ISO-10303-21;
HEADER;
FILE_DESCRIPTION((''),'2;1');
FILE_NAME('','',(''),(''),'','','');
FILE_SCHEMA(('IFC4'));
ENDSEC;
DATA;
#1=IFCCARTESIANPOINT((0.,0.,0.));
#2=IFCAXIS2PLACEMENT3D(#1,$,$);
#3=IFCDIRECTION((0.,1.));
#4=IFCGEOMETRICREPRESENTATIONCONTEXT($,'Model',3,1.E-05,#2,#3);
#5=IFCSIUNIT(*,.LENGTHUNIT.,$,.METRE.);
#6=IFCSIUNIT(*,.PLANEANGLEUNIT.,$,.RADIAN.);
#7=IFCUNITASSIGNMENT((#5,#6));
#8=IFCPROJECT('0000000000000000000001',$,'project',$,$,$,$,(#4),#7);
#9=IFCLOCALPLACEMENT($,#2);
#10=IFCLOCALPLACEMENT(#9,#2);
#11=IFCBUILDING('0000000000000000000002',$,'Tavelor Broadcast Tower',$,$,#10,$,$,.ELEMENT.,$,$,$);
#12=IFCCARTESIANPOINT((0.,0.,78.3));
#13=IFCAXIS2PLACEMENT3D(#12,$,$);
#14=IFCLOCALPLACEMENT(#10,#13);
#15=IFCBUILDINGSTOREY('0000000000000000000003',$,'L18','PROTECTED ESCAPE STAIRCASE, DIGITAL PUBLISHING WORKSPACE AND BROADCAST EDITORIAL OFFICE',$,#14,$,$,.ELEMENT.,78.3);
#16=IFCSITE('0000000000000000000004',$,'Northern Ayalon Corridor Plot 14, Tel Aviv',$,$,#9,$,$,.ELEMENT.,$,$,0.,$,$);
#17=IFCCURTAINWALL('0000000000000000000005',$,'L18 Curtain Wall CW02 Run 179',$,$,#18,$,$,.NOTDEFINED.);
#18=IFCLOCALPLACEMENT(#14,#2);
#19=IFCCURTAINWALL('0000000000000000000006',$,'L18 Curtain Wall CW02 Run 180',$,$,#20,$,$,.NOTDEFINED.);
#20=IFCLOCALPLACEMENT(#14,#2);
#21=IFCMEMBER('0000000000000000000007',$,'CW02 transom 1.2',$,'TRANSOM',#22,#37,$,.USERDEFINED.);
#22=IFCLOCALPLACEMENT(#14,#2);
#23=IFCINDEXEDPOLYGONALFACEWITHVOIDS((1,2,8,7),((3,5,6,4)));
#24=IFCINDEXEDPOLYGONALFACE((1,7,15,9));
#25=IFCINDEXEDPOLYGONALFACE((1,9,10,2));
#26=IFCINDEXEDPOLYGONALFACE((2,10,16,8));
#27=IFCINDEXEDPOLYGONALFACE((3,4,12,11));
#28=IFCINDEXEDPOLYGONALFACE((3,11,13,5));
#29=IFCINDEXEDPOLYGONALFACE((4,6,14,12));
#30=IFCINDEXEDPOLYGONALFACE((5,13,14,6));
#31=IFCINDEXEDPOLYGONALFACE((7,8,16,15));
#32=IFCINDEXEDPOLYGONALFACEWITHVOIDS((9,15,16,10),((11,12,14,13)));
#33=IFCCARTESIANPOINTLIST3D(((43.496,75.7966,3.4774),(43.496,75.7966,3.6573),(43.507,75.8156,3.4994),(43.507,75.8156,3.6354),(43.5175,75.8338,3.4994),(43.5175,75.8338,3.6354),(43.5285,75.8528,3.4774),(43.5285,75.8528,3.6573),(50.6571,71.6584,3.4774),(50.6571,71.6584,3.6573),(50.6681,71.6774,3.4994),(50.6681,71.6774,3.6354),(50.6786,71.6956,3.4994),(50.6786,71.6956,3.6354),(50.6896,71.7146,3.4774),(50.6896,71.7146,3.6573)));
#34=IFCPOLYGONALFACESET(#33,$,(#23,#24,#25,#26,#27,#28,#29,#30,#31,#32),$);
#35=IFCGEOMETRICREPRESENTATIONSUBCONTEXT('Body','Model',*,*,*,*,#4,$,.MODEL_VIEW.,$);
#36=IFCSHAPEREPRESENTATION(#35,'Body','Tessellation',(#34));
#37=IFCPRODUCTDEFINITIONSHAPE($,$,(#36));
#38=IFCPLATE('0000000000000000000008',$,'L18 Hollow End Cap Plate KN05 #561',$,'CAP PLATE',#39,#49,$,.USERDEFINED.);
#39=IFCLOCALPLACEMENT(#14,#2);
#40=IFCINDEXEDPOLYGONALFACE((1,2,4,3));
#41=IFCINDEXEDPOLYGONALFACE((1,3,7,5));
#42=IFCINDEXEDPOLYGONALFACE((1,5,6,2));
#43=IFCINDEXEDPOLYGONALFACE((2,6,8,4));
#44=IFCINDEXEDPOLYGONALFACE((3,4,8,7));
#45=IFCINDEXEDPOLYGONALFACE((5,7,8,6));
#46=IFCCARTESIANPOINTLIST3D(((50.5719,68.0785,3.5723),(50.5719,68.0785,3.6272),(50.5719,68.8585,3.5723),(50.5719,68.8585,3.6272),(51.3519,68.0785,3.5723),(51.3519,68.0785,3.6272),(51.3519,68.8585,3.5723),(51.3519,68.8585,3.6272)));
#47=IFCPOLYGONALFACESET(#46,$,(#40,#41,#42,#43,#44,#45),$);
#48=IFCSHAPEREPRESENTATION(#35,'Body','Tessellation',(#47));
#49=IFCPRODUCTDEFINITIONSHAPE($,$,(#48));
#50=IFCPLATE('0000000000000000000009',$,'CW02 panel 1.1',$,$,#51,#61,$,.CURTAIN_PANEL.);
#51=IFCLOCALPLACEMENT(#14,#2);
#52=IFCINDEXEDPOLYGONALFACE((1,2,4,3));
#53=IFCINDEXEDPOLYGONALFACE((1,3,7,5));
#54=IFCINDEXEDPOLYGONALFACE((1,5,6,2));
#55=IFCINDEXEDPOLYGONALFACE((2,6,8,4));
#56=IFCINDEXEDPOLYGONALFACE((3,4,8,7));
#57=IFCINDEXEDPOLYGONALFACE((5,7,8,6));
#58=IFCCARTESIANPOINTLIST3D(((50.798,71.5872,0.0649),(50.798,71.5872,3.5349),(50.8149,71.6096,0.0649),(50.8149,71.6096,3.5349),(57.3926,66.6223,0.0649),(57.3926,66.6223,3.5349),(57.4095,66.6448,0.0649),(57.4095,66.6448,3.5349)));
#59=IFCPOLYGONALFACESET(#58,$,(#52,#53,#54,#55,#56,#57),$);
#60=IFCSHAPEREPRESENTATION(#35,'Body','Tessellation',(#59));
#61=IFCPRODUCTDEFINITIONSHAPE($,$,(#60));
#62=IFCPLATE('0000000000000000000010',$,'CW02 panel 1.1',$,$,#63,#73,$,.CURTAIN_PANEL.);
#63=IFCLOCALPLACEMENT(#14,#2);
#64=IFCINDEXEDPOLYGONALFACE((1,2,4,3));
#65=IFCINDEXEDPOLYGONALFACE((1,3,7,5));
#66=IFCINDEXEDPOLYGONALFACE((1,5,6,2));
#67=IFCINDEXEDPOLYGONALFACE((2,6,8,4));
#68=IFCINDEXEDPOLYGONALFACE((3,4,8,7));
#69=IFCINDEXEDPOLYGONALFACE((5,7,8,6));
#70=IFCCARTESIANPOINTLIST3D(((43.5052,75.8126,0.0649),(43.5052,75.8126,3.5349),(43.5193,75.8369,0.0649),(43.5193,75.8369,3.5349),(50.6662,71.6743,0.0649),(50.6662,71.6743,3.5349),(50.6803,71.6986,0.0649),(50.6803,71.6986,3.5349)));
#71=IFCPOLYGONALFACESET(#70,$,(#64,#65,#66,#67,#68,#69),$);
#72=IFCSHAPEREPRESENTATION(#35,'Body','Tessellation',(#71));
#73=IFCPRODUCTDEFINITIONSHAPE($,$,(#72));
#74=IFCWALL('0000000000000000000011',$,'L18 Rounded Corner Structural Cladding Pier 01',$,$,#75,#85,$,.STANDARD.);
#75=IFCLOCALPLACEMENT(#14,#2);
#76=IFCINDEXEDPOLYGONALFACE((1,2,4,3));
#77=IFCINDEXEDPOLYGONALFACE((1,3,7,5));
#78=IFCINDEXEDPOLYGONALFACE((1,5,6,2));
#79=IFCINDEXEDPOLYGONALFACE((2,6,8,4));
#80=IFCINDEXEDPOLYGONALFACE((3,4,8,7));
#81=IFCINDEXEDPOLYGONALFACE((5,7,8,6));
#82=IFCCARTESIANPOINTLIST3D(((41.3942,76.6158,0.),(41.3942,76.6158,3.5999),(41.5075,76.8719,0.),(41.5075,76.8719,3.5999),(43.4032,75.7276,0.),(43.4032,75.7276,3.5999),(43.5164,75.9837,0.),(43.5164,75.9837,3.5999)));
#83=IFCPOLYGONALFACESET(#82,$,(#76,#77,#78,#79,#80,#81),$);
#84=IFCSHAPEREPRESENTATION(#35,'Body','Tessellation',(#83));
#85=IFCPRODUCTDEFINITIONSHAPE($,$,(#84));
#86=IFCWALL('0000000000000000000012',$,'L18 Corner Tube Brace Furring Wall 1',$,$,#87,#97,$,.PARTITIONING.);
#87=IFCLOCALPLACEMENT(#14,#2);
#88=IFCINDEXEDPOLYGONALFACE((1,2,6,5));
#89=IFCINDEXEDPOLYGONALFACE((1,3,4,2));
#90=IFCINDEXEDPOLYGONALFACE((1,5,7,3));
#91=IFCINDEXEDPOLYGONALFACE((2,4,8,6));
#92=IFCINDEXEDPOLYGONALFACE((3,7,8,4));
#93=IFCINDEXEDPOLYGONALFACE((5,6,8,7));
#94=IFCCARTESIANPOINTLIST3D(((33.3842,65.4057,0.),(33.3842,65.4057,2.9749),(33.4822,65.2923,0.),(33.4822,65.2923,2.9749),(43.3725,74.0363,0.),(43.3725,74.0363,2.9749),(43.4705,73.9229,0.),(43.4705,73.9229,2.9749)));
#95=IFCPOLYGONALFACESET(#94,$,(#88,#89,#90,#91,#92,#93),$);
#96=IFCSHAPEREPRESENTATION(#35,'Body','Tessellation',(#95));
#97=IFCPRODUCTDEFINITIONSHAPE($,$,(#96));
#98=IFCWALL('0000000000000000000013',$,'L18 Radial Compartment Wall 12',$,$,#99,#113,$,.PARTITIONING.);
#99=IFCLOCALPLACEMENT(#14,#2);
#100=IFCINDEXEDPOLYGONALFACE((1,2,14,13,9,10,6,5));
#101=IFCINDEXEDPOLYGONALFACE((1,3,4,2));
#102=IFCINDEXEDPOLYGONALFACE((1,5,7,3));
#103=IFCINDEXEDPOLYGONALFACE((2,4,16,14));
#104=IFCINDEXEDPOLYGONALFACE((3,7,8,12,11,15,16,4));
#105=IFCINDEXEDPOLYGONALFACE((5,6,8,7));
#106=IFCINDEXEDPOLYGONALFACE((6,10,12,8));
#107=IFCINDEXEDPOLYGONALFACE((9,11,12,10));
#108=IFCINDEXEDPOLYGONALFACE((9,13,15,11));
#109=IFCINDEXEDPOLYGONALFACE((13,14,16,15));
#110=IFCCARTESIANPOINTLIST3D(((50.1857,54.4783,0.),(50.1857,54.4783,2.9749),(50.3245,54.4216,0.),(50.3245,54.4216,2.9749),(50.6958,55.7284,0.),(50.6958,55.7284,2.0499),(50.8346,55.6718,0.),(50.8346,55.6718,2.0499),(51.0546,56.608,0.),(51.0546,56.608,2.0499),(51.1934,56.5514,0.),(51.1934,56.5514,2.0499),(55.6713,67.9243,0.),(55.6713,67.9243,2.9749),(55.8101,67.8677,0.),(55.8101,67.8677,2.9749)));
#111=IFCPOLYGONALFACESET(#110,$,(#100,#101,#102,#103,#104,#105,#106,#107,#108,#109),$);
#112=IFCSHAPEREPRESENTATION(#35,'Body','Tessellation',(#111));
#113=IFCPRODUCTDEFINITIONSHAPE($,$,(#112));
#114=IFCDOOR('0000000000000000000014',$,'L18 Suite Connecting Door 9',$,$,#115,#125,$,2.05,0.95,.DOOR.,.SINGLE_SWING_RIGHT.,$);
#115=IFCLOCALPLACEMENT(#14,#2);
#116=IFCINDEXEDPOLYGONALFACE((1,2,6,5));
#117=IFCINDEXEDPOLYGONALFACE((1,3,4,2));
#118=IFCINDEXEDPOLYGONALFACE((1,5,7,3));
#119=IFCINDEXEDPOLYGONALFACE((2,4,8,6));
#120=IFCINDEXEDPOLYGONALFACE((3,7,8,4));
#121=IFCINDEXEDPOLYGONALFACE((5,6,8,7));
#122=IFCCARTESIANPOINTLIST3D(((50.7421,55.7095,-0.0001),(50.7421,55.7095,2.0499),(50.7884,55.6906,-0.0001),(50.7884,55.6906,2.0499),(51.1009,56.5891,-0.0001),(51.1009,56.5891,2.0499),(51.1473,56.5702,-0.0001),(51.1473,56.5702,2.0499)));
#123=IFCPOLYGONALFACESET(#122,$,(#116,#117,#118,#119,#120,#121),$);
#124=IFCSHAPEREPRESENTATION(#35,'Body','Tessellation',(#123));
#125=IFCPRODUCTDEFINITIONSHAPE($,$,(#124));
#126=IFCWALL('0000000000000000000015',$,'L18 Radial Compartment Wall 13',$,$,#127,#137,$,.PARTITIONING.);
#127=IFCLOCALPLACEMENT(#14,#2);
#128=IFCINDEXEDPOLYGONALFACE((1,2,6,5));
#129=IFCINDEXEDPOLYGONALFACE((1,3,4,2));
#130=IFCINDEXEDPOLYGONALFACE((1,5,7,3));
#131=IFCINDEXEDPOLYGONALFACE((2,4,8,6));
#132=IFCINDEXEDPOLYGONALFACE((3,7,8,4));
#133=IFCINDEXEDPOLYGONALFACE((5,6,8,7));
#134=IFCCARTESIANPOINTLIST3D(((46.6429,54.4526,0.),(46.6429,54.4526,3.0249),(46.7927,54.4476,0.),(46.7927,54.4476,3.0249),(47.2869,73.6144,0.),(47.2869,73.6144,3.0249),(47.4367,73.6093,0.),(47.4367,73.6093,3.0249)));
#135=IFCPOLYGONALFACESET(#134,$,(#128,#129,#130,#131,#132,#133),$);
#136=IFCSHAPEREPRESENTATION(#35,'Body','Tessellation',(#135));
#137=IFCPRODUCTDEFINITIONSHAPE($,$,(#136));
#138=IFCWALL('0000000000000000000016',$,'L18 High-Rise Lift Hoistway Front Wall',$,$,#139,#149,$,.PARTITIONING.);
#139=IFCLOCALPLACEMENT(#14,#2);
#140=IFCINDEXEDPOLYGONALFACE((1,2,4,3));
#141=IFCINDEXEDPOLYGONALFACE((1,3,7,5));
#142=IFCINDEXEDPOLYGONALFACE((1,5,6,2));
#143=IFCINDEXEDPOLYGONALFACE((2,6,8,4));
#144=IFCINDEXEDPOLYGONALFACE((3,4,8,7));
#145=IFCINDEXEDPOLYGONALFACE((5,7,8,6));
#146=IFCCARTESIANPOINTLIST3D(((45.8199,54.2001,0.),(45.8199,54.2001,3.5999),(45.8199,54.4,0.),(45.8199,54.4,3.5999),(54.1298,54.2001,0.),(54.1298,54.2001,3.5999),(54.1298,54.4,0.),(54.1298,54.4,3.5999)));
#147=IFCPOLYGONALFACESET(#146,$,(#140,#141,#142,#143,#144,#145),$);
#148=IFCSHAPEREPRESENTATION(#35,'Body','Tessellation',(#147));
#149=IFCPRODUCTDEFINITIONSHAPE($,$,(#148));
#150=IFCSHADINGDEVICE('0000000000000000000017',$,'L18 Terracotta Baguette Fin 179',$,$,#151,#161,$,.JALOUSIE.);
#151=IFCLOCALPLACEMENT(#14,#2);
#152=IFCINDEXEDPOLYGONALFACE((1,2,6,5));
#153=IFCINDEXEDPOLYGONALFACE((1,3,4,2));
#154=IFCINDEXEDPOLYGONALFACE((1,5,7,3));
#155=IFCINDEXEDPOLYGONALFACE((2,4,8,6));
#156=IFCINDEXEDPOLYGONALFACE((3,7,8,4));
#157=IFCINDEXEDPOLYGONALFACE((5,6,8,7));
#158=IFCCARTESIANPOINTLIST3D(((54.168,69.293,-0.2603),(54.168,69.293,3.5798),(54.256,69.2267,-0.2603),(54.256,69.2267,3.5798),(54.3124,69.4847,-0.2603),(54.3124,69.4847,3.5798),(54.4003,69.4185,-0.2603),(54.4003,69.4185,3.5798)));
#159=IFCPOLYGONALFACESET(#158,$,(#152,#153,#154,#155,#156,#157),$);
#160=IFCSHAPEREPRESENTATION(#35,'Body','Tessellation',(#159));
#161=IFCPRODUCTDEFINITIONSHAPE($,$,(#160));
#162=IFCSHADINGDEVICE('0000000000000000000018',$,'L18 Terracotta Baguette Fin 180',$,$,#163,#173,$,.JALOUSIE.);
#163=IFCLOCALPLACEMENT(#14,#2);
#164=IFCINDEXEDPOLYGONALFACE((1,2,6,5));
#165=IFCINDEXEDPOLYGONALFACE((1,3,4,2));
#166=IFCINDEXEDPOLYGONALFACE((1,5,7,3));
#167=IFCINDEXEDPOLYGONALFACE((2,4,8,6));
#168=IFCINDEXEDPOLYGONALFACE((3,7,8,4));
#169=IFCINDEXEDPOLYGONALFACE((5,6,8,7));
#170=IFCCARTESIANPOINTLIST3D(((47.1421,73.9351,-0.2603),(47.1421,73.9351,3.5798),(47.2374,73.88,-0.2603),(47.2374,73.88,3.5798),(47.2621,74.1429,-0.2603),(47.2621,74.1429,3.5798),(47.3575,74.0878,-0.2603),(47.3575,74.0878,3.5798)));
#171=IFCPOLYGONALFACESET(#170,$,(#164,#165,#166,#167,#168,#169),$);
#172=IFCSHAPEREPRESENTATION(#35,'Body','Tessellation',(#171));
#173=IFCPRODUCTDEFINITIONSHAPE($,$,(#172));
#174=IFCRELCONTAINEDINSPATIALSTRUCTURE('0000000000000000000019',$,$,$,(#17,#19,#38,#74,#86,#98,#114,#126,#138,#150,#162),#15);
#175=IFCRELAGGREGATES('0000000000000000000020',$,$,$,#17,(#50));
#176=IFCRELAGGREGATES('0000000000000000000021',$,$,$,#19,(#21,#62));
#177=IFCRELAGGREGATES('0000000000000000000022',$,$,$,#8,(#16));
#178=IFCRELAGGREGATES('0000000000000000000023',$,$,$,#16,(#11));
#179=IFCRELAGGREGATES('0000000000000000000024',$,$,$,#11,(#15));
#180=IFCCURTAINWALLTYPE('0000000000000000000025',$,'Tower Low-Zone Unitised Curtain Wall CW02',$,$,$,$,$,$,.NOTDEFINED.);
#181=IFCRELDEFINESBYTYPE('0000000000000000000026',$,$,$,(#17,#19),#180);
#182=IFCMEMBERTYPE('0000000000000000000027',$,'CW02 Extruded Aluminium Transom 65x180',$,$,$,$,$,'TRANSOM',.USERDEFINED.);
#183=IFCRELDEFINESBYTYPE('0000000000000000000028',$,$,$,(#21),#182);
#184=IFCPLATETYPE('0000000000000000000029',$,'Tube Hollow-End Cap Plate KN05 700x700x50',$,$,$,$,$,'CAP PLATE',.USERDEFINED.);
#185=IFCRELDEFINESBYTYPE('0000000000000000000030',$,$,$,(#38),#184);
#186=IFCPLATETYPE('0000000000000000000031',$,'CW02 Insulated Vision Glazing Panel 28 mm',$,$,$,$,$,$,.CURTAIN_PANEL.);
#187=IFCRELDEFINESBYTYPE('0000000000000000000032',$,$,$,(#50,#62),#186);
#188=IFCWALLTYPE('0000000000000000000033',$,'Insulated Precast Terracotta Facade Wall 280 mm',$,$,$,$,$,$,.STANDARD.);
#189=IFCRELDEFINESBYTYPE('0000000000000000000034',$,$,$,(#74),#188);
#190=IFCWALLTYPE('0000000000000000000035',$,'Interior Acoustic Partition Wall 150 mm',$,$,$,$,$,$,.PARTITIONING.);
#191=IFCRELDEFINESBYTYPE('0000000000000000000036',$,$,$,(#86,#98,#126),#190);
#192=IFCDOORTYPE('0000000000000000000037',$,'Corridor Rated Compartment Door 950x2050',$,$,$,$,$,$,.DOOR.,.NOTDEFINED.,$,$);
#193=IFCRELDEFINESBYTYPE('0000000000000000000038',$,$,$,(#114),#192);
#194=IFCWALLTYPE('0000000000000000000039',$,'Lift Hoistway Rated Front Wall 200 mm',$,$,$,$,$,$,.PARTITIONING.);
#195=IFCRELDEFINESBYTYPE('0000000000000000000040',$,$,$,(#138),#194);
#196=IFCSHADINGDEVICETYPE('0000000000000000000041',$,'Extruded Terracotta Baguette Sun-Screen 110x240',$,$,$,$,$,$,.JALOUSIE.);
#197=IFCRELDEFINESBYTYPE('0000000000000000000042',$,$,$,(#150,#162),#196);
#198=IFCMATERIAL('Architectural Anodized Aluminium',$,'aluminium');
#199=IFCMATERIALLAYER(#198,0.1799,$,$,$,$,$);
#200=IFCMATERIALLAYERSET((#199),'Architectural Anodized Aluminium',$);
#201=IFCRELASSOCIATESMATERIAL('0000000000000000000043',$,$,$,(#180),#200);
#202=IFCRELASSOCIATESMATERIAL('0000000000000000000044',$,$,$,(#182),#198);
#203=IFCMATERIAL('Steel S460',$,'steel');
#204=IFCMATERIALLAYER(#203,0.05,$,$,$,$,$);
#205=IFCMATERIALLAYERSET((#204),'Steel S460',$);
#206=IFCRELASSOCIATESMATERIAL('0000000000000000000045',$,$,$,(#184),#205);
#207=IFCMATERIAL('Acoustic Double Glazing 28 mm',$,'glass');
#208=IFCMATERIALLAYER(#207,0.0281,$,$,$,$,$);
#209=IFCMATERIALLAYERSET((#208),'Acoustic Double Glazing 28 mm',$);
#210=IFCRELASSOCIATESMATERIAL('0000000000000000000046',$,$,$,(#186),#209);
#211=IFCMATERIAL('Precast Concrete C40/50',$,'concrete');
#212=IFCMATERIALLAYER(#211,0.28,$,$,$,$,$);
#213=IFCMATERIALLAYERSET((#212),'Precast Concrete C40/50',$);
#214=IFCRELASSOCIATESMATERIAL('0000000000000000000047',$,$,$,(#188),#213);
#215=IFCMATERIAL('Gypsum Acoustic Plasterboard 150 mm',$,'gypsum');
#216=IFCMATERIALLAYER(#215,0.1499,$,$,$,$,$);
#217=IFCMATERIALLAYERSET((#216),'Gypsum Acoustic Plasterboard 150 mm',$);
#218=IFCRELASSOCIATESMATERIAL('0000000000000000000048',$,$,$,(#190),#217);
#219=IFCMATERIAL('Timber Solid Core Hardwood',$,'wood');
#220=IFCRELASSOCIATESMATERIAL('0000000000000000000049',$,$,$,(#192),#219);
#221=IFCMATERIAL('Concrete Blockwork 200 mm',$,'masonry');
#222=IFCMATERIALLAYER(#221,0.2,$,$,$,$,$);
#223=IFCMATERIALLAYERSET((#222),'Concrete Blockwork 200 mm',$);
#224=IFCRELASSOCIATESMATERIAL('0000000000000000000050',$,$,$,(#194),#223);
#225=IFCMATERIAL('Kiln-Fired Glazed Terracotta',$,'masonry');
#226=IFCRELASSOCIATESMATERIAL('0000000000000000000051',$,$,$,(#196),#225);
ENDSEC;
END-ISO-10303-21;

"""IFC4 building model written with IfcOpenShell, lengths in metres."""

from ifc_helpers import new_model, si_unit, direction, frame, frame_2d, origin, origin_2d, place, context, subcontext, project, spatial, rectangle, hollow_rectangle, extrude, source, transform, mapped, material, layer, layer_set, material_profile, profile_set, type_object, type_shapes, element, fill, aggregate, save


model = new_model("IFC4")

# Units and contexts
model_context = context("Model", 3, precision=1e-05, world=origin(), true_north=direction((0.0, 1.0)))
body_context = subcontext(model_context, "Body", "Model", "MODEL_VIEW")
ifc_project = project(units=[si_unit("LENGTHUNIT", "METRE"), si_unit("PLANEANGLEUNIT", "RADIAN")], contexts=[model_context])

# Site, building, storey
site_placement = place(None, origin())
site = spatial("IfcSite", under=ifc_project, at=site_placement, Name="Northern Ayalon Corridor Plot 14, Tel Aviv", CompositionType="ELEMENT", RefElevation=0.0)
building_placement = place(site_placement, origin())
building = spatial("IfcBuilding", under=site, at=building_placement, Name="Tavelor Broadcast Tower", CompositionType="ELEMENT")
storey_placement = place(building_placement, frame((0.0, 0.0, 78.3)))
storey = spatial("IfcBuildingStorey", under=building, at=storey_placement, Name="L18", Description="PROTECTED ESCAPE STAIRCASE, DIGITAL PUBLISHING WORKSPACE AND BROADCAST EDITORIAL OFFICE", CompositionType="ELEMENT", Elevation=78.3)

# Shared definitions
ifc_material_1 = material(Name="Steel S460", Category="steel")

# Curtain wall
ifc_material_2 = material(Name="Architectural Anodized Aluminium", Category="aluminium")
ifc_layer_1 = layer(ifc_material_2, 0.1799)
ifc_layer_set_1 = layer_set([ifc_layer_1], Name="Architectural Anodized Aluminium")
curtain_wall_type = type_object("IfcCurtainWallType", Name="Tower Low-Zone Unitised Curtain Wall CW02", PredefinedType="NOTDEFINED", material=ifc_layer_set_1)
curtain_wall_1_placement = place(storey_placement, origin())
curtain_wall_1 = element("IfcCurtainWall", 1, at=curtain_wall_1_placement, inside=storey, type_object=curtain_wall_type, Name="L18 Curtain Wall CW02 Run 179", PredefinedType="NOTDEFINED")

# Curtain wall, member
curtain_wall_2_placement = place(storey_placement, origin())
curtain_wall_2 = element("IfcCurtainWall", 2, at=curtain_wall_2_placement, inside=storey, type_object=curtain_wall_type, Name="L18 Curtain Wall CW02 Run 180", PredefinedType="NOTDEFINED")
ifc_material_profile_1 = material_profile(ifc_material_2, hollow_rectangle(XDim=0.0649, YDim=0.1799, WallThickness=0.022, at=origin_2d()), Name="RHS 65x180x22")
ifc_profile_set_1 = profile_set([ifc_material_profile_1], Name="Architectural Anodized Aluminium")
member_type_1 = type_object("IfcMemberType", Name="CW02 Extruded Aluminium Transom 65x180", ElementType="TRANSOM", PredefinedType="USERDEFINED", material=ifc_profile_set_1)
shared_shape_1 = source(origin(), body_context, "Body", "SweptSolid", [
    extrude(hollow_rectangle(XDim=0.0649, YDim=0.1799, WallThickness=0.022, at=origin_2d()), origin(), (0.0, 0.0, 1.0), 8.2708),
])
type_shapes(member_type_1, [shared_shape_1])
member_1_placement = place(storey_placement, frame((50.6733, 71.6865, 3.5674), z_axis=(-0.865832, 0.500336, 0.0), x_axis=(-0.500336, -0.865832, 0.0)))
member_1 = element("IfcMember", 3, at=member_1_placement, type_object=member_type_1, Name="CW02 transom 1.2", ObjectType="TRANSOM", PredefinedType="USERDEFINED", context=body_context, shape_type="MappedRepresentation", body=[
    mapped(shared_shape_1, transform((0.0, 0.0, 0.0), scale=1.0)),
])

# Plates
ifc_layer_2 = layer(ifc_material_1, 0.05)
ifc_layer_set_2 = layer_set([ifc_layer_2], Name="Steel S460")
plate_type_1 = type_object("IfcPlateType", Name="Tube Hollow-End Cap Plate KN05 700x700x50", ElementType="CAP PLATE", PredefinedType="USERDEFINED", material=ifc_layer_set_2)
shared_shape_2 = source(origin(), body_context, "Body", "SweptSolid", [
    extrude(rectangle(XDim=0.78, YDim=0.78, at=origin_2d()), origin(), (0.0, 0.0, 1.0), 0.0549),
])
type_shapes(plate_type_1, [shared_shape_2])
plate_1_placement = place(storey_placement, frame((50.9619, 68.4685, 3.5723), z_axis=(0.0, 0.0, 1.0), x_axis=(1.0, 0.0, 0.0)))
element("IfcPlate", 4, at=plate_1_placement, inside=storey, type_object=plate_type_1, Name="L18 Hollow End Cap Plate KN05 #561", ObjectType="CAP PLATE", PredefinedType="USERDEFINED", context=body_context, shape_type="MappedRepresentation", body=[
    mapped(shared_shape_2, transform((0.0, 0.0, 0.0), scale=1.0)),
])
ifc_material_3 = material(Name="Acoustic Double Glazing 28 mm", Category="glass")
ifc_layer_3 = layer(ifc_material_3, 0.0281)
ifc_layer_set_3 = layer_set([ifc_layer_3], Name="Acoustic Double Glazing 28 mm")
plate_type_2 = type_object("IfcPlateType", Name="CW02 Insulated Vision Glazing Panel 28 mm", PredefinedType="CURTAIN_PANEL", material=ifc_layer_set_3)
shared_shape_3 = source(origin(), body_context, "Body", "SweptSolid", [
    extrude(rectangle(XDim=8.2546, YDim=0.0281, at=origin_2d()), origin(), (0.0, 0.0, 1.0), 3.47),
])
plate_2_placement = place(storey_placement, frame((54.1038, 69.116, 0.0649), z_axis=(0.0, 0.0, 1.0), x_axis=(-0.798902, 0.601461, 0.0)))
plate_2 = element("IfcPlate", 5, at=plate_2_placement, type_object=plate_type_2, Name="CW02 panel 1.1", PredefinedType="CURTAIN_PANEL", context=body_context, shape_type="MappedRepresentation", body=[
    mapped(shared_shape_3, transform((0.0, 0.0, 0.0), scale=1.0)),
])
aggregate(curtain_wall_1, [plate_2])
shared_shape_4 = source(origin(), body_context, "Body", "SweptSolid", [
    extrude(rectangle(XDim=8.2708, YDim=0.0281, at=origin_2d()), origin(), (0.0, 0.0, 1.0), 3.47),
])
type_shapes(plate_type_2, [shared_shape_3, shared_shape_4])
plate_3_placement = place(storey_placement, frame((47.0928, 73.7556, 0.0649), z_axis=(0.0, 0.0, 1.0), x_axis=(-0.865822, 0.500352, 0.0)))
plate_3 = element("IfcPlate", 6, at=plate_3_placement, type_object=plate_type_2, Name="CW02 panel 1.1", PredefinedType="CURTAIN_PANEL", context=body_context, shape_type="MappedRepresentation", body=[
    mapped(shared_shape_4, transform((0.0, 0.0, 0.0), scale=1.0)),
])
aggregate(curtain_wall_2, [member_1, plate_3])

# Walls
ifc_material_4 = material(Name="Precast Concrete C40/50", Category="concrete")
ifc_layer_4 = layer(ifc_material_4, 0.28)
ifc_layer_set_4 = layer_set([ifc_layer_4], Name="Precast Concrete C40/50")
wall_type_1 = type_object("IfcWallType", Name="Insulated Precast Terracotta Facade Wall 280 mm", PredefinedType="STANDARD", material=ifc_layer_set_4)
wall_1_placement = place(storey_placement, frame((43.4597, 75.8557, 0.0), z_axis=(0.0, 0.0, 1.0), x_axis=(-0.914607, 0.404343, 0.0)))
element("IfcWall", 7, at=wall_1_placement, inside=storey, type_object=wall_type_1, Name="L18 Rounded Corner Structural Cladding Pier 01", PredefinedType="STANDARD", context=body_context, shape_type="SweptSolid", body=[
    extrude(rectangle(XDim=2.1965, YDim=0.28, at=frame_2d((1.0981, 0.0))), origin(), (0.0, 0.0, 1.0), 3.5999),
])
ifc_material_5 = material(Name="Gypsum Acoustic Plasterboard 150 mm", Category="gypsum")
ifc_layer_5 = layer(ifc_material_5, 0.1499)
ifc_layer_set_5 = layer_set([ifc_layer_5], Name="Gypsum Acoustic Plasterboard 150 mm")
wall_type_2 = type_object("IfcWallType", Name="Interior Acoustic Partition Wall 150 mm", PredefinedType="PARTITIONING", material=ifc_layer_set_5)
wall_2_placement = place(storey_placement, frame((43.4214, 73.9795, 0.0), z_axis=(0.0, 0.0, 1.0), x_axis=(-0.756659, -0.65381, 0.0)))
element("IfcWall", 8, at=wall_2_placement, inside=storey, type_object=wall_type_2, Name="L18 Corner Tube Brace Furring Wall 1", PredefinedType="PARTITIONING", context=body_context, shape_type="SweptSolid", body=[
    extrude(rectangle(XDim=13.2004, YDim=0.1499, at=frame_2d((6.6001, 0.0))), origin(), (0.0, 0.0, 1.0), 2.9749),
])

# Wall, opening, door
wall_3_placement = place(storey_placement, frame((50.2551, 54.45, 0.0), z_axis=(0.0, 0.0, 1.0), x_axis=(0.377744, 0.92591, 0.0)))
wall_3 = element("IfcWall", 9, at=wall_3_placement, inside=storey, type_object=wall_type_2, Name="L18 Radial Compartment Wall 12", PredefinedType="PARTITIONING", context=body_context, shape_type="SweptSolid", body=[
    extrude(rectangle(XDim=14.522, YDim=0.1499, at=frame_2d((7.261, 0.0))), origin(), (0.0, 0.0, 1.0), 2.9749),
])
opening_placement = place(wall_3_placement, frame((1.3501, 0.0, 0.0)))
opening = element("IfcOpeningElement", 10, at=opening_placement, cuts=wall_3, PredefinedType="OPENING", context=body_context, shape_type="SweptSolid", body=[
    extrude(rectangle(XDim=0.95, YDim=2.05, at=frame_2d((0.4751, 1.0249))), frame((0.0, 0.085, 0.0), z_axis=(0.0, -1.0, 0.0), x_axis=(1.0, 0.0, 0.0)), (0.0, 0.0, 1.0), 0.1699),
])
ifc_material_6 = material(Name="Timber Solid Core Hardwood", Category="wood")
door_type = type_object("IfcDoorType", Name="Corridor Rated Compartment Door 950x2050", OperationType="NOTDEFINED", PredefinedType="DOOR", material=ifc_material_6)
door_placement = place(opening_placement, origin())
door = element("IfcDoor", 11, at=door_placement, inside=storey, type_object=door_type, Name="L18 Suite Connecting Door 9", OperationType="SINGLE_SWING_RIGHT", OverallHeight=2.05, OverallWidth=0.95, PredefinedType="DOOR", context=body_context, shape_type="SweptSolid", body=[
    extrude(rectangle(XDim=0.95, YDim=2.05, at=frame_2d((0.4751, 1.0249))), frame((0.0, 0.0249, 0.0), z_axis=(0.0, -1.0, 0.0), x_axis=(1.0, 0.0, 0.0)), (0.0, 0.0, 1.0), 0.05),
])
fill(opening, door)

# Walls
wall_4_placement = place(storey_placement, frame((46.7178, 54.45, 0.0), z_axis=(0.0, 0.0, 1.0), x_axis=(0.033592, 0.999436, 0.0)))
element("IfcWall", 12, at=wall_4_placement, inside=storey, type_object=wall_type_2, Name="L18 Radial Compartment Wall 13", PredefinedType="PARTITIONING", context=body_context, shape_type="SweptSolid", body=[
    extrude(rectangle(XDim=19.1726, YDim=0.1499, at=frame_2d((9.5864, 0.0))), origin(), (0.0, 0.0, 1.0), 3.0249),
])
ifc_material_7 = material(Name="Concrete Blockwork 200 mm", Category="masonry")
ifc_layer_6 = layer(ifc_material_7, 0.2)
ifc_layer_set_6 = layer_set([ifc_layer_6], Name="Concrete Blockwork 200 mm")
wall_type_3 = type_object("IfcWallType", Name="Lift Hoistway Rated Front Wall 200 mm", PredefinedType="PARTITIONING", material=ifc_layer_set_6)
wall_5_placement = place(storey_placement, frame((45.8201, 54.3, 0.0), z_axis=(0.0, 0.0, 1.0), x_axis=(1.0, 0.0, 0.0)))
element("IfcWall", 13, at=wall_5_placement, inside=storey, type_object=wall_type_3, Name="L18 High-Rise Lift Hoistway Front Wall", PredefinedType="PARTITIONING", context=body_context, shape_type="SweptSolid", body=[
    extrude(rectangle(XDim=8.3098, YDim=0.2, at=frame_2d((4.1548, 0.0))), origin(), (0.0, 0.0, 1.0), 3.5999),
])

# Shading devices
ifc_material_8 = material(Name="Kiln-Fired Glazed Terracotta", Category="masonry")
shading_device_type = type_object("IfcShadingDeviceType", Name="Extruded Terracotta Baguette Sun-Screen 110x240", PredefinedType="JALOUSIE", material=ifc_material_8)
shared_shape_5 = source(origin(), body_context, "Body", "SweptSolid", [
    extrude(rectangle(XDim=0.1101, YDim=0.24, at=origin_2d()), origin(), (0.0, 0.0, 1.0), 3.8401),
])
type_shapes(shading_device_type, [shared_shape_5])
for number, where, z_axis, x_axis, name in (
    (14, (54.2842, 69.3557, -0.2603), (0.0, 0.0, 1.0), (-0.798951, 0.601397, 0.0), "L18 Terracotta Baguette Fin 179"),
    (15, (47.2498, 74.0115, -0.2603), (0.0, 0.0, 1.0), (-0.865851, 0.500302, 0.0), "L18 Terracotta Baguette Fin 180"),
):
    element("IfcShadingDevice", number, at=place(storey_placement, frame(where, z_axis=z_axis, x_axis=x_axis)), inside=storey, type_object=shading_device_type, Name=name, PredefinedType="JALOUSIE", context=body_context, shape_type="MappedRepresentation", body=[
        mapped(shared_shape_5, transform((0.0, 0.0, 0.0), scale=1.0)),
    ])

save(model, "model.ifc")
